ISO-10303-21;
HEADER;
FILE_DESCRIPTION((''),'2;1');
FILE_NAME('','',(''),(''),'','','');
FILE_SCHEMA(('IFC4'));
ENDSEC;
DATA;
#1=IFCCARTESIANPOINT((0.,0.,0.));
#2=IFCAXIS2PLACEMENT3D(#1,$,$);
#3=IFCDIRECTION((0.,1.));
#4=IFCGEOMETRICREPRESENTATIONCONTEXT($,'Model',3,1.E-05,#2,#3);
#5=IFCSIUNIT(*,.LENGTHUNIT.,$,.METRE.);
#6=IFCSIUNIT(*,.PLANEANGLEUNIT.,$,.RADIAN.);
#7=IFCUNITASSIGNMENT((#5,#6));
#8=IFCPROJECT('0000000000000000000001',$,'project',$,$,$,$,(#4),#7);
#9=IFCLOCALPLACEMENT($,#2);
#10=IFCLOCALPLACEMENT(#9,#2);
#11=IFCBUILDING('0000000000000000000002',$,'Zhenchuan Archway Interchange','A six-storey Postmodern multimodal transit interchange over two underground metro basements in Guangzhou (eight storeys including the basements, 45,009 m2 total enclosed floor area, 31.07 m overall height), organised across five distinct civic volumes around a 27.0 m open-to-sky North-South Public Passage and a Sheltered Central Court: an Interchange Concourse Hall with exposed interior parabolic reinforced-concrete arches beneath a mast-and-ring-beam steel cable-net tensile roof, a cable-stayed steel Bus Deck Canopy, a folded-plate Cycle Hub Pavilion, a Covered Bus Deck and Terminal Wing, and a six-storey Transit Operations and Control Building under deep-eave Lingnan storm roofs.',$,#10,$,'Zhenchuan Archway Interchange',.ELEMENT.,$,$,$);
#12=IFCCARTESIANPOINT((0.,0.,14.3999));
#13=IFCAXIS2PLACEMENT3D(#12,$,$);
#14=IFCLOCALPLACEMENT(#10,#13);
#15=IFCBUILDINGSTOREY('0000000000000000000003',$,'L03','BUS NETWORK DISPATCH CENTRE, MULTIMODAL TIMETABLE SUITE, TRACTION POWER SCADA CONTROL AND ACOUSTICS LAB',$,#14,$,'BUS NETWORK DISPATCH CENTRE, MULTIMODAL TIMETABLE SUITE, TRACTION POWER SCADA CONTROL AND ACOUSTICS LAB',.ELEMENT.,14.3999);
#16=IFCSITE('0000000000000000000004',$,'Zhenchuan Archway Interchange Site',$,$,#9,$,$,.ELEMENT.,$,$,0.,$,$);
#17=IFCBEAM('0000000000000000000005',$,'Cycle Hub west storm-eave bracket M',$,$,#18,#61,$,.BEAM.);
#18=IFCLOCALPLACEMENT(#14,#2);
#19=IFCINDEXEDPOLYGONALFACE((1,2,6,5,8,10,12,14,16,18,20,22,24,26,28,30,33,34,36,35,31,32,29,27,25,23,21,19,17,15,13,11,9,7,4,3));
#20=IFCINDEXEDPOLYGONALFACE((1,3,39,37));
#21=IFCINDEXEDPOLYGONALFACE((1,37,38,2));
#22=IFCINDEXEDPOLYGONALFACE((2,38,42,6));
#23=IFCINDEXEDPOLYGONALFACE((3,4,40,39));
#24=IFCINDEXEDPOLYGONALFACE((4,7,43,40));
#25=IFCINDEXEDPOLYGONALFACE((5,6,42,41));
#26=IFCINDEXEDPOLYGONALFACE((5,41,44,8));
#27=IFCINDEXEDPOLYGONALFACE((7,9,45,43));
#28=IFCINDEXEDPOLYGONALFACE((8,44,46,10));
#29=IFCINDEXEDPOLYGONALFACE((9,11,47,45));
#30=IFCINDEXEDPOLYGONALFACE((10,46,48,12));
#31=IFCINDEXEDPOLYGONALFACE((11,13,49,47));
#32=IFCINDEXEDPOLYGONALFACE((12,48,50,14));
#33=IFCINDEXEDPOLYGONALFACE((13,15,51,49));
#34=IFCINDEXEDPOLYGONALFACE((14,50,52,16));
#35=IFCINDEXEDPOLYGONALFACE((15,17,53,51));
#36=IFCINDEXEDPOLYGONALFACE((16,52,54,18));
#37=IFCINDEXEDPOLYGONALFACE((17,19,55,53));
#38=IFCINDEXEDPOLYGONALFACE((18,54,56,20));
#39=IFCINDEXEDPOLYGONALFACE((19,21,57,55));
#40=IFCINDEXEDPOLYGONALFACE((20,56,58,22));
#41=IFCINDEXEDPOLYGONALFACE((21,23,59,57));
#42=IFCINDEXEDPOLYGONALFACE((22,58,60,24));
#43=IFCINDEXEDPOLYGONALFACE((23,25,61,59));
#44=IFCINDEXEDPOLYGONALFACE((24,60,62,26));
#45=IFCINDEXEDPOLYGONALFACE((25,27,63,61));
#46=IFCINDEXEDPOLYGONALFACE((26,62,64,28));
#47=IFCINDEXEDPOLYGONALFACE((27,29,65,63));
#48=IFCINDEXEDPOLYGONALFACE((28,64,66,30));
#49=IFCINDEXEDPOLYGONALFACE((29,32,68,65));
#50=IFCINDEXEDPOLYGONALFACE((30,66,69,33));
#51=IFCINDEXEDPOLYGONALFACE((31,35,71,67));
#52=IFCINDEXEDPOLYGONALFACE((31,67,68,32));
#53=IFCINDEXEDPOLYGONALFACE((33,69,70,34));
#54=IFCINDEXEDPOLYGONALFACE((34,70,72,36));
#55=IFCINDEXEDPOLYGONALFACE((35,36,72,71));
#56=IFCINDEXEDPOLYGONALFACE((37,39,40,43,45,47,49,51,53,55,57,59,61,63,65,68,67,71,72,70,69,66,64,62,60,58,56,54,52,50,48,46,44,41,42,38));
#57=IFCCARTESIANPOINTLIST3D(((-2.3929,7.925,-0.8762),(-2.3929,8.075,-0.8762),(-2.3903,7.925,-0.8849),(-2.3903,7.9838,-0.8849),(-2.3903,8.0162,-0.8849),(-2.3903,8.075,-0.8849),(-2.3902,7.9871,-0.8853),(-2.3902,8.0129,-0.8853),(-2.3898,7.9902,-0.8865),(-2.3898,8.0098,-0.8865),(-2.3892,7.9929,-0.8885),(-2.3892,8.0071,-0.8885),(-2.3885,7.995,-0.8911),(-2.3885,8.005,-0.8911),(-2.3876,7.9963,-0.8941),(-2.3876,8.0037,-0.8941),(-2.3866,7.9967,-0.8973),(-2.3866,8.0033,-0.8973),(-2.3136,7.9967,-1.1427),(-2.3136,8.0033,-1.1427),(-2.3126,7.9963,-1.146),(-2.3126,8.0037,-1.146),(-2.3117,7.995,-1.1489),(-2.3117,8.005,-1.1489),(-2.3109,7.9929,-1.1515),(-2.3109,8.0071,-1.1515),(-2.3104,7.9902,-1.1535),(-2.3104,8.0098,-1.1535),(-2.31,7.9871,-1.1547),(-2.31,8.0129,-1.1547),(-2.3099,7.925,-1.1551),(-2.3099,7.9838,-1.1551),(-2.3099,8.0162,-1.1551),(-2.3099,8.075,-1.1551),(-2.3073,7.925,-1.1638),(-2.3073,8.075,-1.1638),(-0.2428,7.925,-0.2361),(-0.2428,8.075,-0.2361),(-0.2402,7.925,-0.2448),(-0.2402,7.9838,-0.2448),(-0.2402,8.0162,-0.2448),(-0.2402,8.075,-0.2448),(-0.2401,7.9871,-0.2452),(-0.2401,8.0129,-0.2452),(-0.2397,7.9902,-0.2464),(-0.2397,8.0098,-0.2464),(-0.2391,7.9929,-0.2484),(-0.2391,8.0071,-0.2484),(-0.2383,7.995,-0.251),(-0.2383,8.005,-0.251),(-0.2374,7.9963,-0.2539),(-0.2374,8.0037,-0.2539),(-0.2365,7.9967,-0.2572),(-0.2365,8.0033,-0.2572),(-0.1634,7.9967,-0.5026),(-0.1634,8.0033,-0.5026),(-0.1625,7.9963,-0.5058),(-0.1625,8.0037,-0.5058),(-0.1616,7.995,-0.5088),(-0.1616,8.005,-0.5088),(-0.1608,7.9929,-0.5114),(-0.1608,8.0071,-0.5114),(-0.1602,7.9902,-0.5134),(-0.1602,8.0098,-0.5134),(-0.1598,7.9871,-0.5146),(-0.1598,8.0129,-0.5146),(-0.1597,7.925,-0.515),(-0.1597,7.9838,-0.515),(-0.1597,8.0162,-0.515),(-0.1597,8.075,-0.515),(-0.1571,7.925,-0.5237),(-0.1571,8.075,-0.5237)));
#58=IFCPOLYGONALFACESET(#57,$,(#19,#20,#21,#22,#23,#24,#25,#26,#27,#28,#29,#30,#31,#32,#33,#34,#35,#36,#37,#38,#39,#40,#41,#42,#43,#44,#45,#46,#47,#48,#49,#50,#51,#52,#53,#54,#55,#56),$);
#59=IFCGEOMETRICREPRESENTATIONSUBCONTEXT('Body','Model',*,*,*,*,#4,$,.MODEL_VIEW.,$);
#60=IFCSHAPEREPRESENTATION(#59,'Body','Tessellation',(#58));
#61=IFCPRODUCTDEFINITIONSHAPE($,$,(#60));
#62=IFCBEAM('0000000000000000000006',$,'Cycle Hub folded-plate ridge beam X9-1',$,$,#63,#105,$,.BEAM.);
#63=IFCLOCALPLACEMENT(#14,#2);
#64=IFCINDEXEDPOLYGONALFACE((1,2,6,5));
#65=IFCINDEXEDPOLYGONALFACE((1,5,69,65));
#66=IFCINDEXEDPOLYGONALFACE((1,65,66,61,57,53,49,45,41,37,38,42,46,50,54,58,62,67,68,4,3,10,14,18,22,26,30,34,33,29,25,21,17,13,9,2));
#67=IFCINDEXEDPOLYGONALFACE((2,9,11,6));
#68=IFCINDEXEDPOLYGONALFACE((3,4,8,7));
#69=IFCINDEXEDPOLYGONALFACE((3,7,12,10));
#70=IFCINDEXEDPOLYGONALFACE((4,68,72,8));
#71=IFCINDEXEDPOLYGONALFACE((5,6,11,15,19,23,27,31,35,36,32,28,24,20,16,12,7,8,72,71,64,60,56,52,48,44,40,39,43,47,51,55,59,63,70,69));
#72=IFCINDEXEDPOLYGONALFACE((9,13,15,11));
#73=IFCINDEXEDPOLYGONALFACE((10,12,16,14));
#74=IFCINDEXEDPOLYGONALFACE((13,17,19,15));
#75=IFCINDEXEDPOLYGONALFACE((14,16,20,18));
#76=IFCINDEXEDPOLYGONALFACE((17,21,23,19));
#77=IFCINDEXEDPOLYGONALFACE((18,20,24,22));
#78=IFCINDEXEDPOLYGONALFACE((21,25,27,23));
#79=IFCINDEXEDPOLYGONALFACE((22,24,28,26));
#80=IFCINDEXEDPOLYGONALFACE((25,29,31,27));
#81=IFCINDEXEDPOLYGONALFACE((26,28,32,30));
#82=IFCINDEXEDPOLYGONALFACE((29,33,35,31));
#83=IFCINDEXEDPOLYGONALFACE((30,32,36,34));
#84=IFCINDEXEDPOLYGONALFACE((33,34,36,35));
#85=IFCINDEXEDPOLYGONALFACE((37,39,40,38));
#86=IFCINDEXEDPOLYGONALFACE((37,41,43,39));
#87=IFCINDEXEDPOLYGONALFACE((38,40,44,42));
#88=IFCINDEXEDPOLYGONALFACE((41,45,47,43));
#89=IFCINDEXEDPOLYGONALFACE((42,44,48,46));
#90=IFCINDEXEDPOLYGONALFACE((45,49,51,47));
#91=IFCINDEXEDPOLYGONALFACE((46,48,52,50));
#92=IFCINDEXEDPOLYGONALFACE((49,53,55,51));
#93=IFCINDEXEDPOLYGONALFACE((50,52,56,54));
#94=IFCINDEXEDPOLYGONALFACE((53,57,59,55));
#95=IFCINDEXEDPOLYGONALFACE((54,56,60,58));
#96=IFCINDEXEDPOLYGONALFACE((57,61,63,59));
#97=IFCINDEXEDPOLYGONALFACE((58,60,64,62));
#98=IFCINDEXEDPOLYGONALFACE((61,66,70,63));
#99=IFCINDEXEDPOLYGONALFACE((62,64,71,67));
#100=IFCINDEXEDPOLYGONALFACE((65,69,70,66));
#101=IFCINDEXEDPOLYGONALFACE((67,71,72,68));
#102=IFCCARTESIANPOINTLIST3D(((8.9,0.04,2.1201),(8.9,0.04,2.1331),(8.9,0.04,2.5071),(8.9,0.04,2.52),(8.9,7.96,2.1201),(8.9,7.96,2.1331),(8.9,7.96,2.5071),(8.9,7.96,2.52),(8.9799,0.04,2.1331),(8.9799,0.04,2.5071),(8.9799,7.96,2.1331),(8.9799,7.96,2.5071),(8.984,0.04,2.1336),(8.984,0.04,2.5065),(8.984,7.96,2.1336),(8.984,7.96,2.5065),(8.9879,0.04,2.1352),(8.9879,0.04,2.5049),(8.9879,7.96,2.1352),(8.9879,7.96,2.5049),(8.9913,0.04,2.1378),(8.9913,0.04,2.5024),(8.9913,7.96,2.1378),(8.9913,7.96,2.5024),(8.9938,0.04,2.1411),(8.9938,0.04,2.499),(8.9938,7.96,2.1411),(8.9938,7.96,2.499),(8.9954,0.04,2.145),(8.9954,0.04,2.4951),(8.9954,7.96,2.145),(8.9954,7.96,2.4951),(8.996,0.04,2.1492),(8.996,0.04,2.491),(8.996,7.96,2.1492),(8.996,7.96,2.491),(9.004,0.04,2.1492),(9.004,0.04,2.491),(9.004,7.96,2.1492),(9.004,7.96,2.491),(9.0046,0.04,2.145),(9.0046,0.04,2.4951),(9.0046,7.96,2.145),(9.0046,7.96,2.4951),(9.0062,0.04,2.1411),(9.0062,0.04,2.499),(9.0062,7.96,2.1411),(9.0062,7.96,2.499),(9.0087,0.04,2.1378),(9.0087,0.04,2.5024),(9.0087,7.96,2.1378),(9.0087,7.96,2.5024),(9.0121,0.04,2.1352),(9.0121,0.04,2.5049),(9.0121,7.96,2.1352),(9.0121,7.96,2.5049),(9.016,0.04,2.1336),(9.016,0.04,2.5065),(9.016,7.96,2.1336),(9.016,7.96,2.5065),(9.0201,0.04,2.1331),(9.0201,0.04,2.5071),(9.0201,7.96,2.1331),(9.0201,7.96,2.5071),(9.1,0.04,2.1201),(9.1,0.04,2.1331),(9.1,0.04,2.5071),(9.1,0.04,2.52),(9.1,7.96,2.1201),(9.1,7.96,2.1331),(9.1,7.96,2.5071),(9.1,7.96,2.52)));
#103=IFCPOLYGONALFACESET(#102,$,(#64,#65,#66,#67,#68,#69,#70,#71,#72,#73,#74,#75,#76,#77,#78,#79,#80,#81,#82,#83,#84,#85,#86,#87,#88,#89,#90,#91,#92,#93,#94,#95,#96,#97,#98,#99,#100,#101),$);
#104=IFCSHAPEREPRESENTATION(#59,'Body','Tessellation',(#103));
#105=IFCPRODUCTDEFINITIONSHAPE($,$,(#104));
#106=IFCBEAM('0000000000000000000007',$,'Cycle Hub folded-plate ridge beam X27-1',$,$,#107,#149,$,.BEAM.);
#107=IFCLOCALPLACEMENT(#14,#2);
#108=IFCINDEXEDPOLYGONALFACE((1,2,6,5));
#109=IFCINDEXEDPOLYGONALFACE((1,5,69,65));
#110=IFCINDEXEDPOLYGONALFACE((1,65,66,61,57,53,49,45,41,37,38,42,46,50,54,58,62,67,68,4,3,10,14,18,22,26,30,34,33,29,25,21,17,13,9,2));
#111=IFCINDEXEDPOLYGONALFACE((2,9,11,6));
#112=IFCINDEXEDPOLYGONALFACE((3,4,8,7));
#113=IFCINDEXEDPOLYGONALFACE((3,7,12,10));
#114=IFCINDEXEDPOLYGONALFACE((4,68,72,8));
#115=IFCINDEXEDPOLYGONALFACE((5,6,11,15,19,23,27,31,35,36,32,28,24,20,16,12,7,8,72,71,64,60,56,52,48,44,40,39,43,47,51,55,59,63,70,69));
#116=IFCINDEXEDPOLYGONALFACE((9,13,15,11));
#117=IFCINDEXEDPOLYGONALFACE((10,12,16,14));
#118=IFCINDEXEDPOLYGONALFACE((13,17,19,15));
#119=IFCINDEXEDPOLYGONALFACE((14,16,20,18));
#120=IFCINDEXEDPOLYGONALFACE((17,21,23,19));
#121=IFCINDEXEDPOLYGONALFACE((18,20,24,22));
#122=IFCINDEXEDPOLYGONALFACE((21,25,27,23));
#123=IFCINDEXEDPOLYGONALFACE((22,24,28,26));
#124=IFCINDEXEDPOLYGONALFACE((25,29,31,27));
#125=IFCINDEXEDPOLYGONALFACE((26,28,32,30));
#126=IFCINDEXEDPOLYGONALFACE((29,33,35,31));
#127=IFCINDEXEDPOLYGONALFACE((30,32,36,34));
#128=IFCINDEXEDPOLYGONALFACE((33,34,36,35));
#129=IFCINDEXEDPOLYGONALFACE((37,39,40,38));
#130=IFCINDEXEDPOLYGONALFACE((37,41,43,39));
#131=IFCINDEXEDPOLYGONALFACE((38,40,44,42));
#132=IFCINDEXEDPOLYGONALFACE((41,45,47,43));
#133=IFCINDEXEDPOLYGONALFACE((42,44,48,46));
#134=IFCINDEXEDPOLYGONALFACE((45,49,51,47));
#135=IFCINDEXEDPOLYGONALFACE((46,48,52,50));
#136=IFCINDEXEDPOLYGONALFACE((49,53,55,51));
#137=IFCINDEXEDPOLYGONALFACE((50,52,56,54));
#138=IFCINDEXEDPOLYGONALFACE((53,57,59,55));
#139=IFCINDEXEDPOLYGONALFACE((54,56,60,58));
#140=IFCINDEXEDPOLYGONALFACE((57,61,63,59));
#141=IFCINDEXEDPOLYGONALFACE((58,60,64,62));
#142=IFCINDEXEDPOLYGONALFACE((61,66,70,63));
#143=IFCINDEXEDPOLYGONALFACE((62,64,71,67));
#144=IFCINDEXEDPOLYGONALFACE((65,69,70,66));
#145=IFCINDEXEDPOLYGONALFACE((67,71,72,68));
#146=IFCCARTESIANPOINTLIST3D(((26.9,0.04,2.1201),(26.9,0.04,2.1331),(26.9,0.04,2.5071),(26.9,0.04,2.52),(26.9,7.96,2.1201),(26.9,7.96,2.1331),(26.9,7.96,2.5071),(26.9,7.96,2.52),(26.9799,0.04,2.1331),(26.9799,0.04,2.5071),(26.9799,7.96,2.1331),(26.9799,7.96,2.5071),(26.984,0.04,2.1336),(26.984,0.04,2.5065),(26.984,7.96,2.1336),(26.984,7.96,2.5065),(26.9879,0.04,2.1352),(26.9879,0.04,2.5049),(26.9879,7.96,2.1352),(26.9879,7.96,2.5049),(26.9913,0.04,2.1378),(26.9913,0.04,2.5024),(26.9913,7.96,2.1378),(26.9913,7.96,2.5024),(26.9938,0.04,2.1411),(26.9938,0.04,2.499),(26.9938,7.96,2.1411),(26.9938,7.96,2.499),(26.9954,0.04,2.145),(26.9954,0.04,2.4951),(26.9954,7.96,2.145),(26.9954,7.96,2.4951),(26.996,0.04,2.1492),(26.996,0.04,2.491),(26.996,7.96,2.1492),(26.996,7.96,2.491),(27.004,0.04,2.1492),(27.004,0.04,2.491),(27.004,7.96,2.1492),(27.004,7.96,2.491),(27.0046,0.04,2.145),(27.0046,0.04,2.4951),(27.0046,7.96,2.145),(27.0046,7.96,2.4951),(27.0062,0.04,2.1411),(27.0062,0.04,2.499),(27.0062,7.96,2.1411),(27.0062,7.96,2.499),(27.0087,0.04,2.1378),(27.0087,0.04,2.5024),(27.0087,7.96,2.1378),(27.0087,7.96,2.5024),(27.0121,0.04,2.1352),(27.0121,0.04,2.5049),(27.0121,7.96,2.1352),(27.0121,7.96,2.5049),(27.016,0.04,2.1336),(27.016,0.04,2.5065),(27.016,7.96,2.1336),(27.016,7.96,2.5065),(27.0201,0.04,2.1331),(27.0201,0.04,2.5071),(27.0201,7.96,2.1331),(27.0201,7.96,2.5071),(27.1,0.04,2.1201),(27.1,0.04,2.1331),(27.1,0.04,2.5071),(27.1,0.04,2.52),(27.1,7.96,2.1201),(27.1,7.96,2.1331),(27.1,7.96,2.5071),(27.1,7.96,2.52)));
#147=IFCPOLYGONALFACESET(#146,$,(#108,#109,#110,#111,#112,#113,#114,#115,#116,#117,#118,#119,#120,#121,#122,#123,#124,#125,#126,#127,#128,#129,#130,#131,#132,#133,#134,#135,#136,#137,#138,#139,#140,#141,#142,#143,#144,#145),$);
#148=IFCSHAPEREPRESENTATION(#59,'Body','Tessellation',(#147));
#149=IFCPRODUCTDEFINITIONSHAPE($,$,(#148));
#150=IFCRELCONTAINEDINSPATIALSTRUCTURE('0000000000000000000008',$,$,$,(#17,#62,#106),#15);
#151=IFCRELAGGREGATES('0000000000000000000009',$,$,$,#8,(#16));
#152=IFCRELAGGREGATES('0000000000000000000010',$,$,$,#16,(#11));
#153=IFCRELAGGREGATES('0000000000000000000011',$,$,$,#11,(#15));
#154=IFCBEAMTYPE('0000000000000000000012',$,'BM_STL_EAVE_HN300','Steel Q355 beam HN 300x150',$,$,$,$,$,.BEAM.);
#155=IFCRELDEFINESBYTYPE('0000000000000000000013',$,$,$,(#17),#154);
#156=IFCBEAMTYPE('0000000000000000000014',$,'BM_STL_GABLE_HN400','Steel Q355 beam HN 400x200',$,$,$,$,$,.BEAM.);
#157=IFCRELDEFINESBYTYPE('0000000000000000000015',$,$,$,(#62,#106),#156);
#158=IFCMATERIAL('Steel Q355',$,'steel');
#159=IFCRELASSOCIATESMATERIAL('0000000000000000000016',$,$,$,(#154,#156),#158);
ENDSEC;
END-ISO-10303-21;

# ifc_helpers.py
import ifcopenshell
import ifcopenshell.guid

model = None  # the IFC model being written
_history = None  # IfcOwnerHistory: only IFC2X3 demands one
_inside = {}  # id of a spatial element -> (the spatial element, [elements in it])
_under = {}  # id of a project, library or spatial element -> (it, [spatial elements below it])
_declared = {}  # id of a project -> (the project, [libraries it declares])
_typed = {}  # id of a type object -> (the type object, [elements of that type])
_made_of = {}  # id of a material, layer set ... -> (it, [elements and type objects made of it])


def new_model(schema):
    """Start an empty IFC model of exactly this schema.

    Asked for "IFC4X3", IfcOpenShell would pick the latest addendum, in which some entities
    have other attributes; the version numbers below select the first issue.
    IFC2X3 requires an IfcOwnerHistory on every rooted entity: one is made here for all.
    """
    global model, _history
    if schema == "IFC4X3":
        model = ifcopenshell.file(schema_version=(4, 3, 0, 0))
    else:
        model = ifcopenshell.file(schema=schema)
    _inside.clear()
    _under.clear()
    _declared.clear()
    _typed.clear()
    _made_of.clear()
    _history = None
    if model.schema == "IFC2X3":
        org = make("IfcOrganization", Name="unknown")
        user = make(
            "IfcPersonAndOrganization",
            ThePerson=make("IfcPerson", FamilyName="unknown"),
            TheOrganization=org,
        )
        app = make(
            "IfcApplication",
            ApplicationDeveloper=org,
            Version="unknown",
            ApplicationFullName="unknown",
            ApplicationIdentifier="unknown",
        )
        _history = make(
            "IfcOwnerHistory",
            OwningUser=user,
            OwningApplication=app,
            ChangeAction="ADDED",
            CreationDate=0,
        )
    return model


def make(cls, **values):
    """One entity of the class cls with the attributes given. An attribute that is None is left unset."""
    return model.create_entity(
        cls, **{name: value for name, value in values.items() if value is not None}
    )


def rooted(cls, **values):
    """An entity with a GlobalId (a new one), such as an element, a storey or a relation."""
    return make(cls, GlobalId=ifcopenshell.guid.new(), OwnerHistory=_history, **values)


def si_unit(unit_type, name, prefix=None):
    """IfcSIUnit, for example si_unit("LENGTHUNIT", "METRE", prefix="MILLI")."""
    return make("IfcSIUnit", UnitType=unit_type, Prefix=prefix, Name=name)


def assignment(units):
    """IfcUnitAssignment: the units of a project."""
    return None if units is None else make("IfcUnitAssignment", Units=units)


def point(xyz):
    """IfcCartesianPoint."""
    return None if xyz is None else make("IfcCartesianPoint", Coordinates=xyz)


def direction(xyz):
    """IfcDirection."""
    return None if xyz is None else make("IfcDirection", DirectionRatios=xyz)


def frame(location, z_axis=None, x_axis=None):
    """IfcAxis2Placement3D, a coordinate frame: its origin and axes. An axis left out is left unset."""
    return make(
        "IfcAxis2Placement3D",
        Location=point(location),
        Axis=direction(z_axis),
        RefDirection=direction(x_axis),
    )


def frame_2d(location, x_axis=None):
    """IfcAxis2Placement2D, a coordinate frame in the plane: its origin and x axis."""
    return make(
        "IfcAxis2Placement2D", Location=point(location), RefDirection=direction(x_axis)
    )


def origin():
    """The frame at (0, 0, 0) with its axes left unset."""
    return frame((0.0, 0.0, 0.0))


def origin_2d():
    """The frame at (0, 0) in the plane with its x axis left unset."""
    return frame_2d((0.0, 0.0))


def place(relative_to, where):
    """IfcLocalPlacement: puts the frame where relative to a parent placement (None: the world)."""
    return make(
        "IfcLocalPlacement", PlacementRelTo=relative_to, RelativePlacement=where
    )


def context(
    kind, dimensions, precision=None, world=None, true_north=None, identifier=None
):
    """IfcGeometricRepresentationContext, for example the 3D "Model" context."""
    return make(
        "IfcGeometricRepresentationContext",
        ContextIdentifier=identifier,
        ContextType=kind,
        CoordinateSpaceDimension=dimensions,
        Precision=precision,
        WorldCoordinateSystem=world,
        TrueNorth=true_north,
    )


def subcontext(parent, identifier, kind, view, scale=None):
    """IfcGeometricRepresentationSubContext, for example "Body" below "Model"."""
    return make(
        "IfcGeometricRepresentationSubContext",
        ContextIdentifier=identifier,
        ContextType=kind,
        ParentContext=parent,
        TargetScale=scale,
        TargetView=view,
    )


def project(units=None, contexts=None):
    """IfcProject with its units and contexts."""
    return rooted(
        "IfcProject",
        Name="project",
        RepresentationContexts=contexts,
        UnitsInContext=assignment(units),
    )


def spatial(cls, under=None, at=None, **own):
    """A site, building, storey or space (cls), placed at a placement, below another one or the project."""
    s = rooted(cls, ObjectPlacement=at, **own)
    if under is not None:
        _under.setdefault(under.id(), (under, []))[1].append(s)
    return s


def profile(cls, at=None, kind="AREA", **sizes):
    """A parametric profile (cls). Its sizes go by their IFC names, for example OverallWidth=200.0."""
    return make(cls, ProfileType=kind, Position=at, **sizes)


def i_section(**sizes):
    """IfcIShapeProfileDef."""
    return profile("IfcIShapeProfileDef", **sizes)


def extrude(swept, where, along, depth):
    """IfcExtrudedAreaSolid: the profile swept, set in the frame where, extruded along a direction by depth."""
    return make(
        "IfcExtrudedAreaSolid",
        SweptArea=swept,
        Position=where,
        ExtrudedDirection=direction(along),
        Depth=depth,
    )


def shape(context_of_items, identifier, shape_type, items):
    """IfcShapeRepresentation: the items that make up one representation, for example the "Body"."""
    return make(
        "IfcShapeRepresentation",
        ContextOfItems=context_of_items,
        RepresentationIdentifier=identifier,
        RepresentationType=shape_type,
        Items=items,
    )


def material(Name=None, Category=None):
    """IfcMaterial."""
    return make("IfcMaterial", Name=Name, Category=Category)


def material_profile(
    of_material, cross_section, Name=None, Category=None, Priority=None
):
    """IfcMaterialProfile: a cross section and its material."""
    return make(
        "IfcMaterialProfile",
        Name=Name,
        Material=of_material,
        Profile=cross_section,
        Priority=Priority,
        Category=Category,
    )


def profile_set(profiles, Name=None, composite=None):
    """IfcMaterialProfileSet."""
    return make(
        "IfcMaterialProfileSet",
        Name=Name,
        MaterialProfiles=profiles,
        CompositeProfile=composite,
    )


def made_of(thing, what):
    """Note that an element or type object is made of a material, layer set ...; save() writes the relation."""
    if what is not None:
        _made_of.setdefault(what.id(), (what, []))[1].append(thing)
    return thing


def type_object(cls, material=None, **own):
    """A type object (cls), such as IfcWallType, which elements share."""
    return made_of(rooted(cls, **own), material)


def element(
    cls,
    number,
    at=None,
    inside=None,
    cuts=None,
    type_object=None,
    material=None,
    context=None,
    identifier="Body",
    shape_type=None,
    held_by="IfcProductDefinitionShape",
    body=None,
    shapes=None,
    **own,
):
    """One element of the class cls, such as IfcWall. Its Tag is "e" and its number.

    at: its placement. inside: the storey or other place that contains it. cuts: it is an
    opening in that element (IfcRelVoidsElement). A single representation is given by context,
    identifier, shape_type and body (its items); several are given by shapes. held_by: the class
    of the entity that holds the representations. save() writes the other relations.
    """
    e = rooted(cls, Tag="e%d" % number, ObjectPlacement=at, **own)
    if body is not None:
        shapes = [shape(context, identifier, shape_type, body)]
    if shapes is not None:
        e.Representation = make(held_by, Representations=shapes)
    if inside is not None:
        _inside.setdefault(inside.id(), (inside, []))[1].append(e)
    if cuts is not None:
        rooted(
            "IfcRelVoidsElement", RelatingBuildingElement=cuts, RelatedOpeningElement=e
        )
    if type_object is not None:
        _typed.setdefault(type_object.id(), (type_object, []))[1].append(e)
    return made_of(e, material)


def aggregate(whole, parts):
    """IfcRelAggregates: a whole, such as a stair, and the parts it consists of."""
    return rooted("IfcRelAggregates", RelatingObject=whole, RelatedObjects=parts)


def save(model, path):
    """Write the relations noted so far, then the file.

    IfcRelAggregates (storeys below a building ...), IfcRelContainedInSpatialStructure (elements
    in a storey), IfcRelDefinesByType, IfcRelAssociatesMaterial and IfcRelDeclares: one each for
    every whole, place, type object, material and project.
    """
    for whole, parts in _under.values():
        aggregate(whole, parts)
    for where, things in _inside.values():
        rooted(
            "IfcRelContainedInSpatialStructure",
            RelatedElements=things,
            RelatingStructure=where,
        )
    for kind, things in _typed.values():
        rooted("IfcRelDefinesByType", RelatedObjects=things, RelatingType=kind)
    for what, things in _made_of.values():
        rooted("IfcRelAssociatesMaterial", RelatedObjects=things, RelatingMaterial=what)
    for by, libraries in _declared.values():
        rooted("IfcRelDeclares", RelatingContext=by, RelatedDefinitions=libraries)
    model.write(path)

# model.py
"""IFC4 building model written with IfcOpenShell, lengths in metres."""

from ifc_helpers import new_model, si_unit, direction, frame, origin, origin_2d, place, context, subcontext, project, spatial, i_section, extrude, material, material_profile, profile_set, type_object, element, save


model = new_model("IFC4")

# Units and contexts
model_context = context("Model", 3, precision=1e-05, world=origin(), true_north=direction((0.0, 1.0)))
body_context = subcontext(model_context, "Body", "Model", "MODEL_VIEW")
ifc_project = project(units=[si_unit("LENGTHUNIT", "METRE"), si_unit("PLANEANGLEUNIT", "RADIAN")], contexts=[model_context])

# Site, building, storey
site_placement = place(None, origin())
site = spatial("IfcSite", under=ifc_project, at=site_placement, Name="Zhenchuan Archway Interchange Site", CompositionType="ELEMENT", RefElevation=0.0)
building_placement = place(site_placement, origin())
building = spatial("IfcBuilding", under=site, at=building_placement, Name="Zhenchuan Archway Interchange", Description="A six-storey Postmodern multimodal transit interchange over two underground metro basements in Guangzhou (eight storeys including the basements, 45,009 m2 total enclosed floor area, 31.07 m overall height), organised across five distinct civic volumes around a 27.0 m open-to-sky North-South Public Passage and a Sheltered Central Court: an Interchange Concourse Hall with exposed interior parabolic reinforced-concrete arches beneath a mast-and-ring-beam steel cable-net tensile roof, a cable-stayed steel Bus Deck Canopy, a folded-plate Cycle Hub Pavilion, a Covered Bus Deck and Terminal Wing, and a six-storey Transit Operations and Control Building under deep-eave Lingnan storm roofs.", LongName="Zhenchuan Archway Interchange", CompositionType="ELEMENT")
storey_placement = place(building_placement, frame((0.0, 0.0, 14.3999)))
storey = spatial("IfcBuildingStorey", under=building, at=storey_placement, Name="L03", Description="BUS NETWORK DISPATCH CENTRE, MULTIMODAL TIMETABLE SUITE, TRACTION POWER SCADA CONTROL AND ACOUSTICS LAB", LongName="BUS NETWORK DISPATCH CENTRE, MULTIMODAL TIMETABLE SUITE, TRACTION POWER SCADA CONTROL AND ACOUSTICS LAB", CompositionType="ELEMENT", Elevation=14.3999)

# Shared definitions
ifc_material_1 = material(Name="Steel Q355", Category="steel")

# Beams
ifc_material_profile_1 = material_profile(ifc_material_1, i_section(OverallWidth=0.1499, OverallDepth=0.3, WebThickness=0.0066, FlangeThickness=0.009, FilletRadius=0.0129, at=origin_2d()), Name="HN 300x150")
ifc_profile_set_1 = profile_set([ifc_material_profile_1], Name="Steel Q355")
beam_type_1 = type_object("IfcBeamType", Name="BM_STL_EAVE_HN300", Description="Steel Q355 beam HN 300x150", PredefinedType="BEAM", material=ifc_profile_set_1)
for number, where, z_axis, x_axis, name in (
    (1, (-0.2, 8.0, -0.3799), (-0.958426, 0.0, -0.28534), (0.0, -1.0, 0.0), "Cycle Hub west storm-eave bracket M"),
):
    element("IfcBeam", number, at=place(storey_placement, frame(where, z_axis=z_axis, x_axis=x_axis)), inside=storey, type_object=beam_type_1, Name=name, PredefinedType="BEAM", context=body_context, shape_type="SweptSolid", body=[
        extrude(i_section(OverallWidth=0.1499, OverallDepth=0.3, WebThickness=0.0066, FlangeThickness=0.009, FilletRadius=0.0129, at=origin_2d()), origin(), (0.0, 0.0, 1.0), 2.2434),
    ])
ifc_material_profile_2 = material_profile(ifc_material_1, i_section(OverallWidth=0.2, OverallDepth=0.3999, WebThickness=0.0081, FlangeThickness=0.0129, FilletRadius=0.0161, at=origin_2d()), Name="HN 400x200")
ifc_profile_set_2 = profile_set([ifc_material_profile_2], Name="Steel Q355")
beam_type_2 = type_object("IfcBeamType", Name="BM_STL_GABLE_HN400", Description="Steel Q355 beam HN 400x200", PredefinedType="BEAM", material=ifc_profile_set_2)
for number, where, z_axis, x_axis, name in (
    (2, (9.0, 0.04, 2.3201), (0.0, 1.0, 0.0), (-1.0, 0.0, 0.0), "Cycle Hub folded-plate ridge beam X9-1"),
    (3, (27.0, 0.04, 2.3201), (0.0, 1.0, 0.0), (-1.0, 0.0, 0.0), "Cycle Hub folded-plate ridge beam X27-1"),
):
    element("IfcBeam", number, at=place(storey_placement, frame(where, z_axis=z_axis, x_axis=x_axis)), inside=storey, type_object=beam_type_2, Name=name, PredefinedType="BEAM", context=body_context, shape_type="SweptSolid", body=[
        extrude(i_section(OverallWidth=0.2, OverallDepth=0.3999, WebThickness=0.0081, FlangeThickness=0.0129, FilletRadius=0.0161, at=origin_2d()), origin(), (0.0, 0.0, 1.0), 7.9199),
    ])

save(model, "model.ifc")
